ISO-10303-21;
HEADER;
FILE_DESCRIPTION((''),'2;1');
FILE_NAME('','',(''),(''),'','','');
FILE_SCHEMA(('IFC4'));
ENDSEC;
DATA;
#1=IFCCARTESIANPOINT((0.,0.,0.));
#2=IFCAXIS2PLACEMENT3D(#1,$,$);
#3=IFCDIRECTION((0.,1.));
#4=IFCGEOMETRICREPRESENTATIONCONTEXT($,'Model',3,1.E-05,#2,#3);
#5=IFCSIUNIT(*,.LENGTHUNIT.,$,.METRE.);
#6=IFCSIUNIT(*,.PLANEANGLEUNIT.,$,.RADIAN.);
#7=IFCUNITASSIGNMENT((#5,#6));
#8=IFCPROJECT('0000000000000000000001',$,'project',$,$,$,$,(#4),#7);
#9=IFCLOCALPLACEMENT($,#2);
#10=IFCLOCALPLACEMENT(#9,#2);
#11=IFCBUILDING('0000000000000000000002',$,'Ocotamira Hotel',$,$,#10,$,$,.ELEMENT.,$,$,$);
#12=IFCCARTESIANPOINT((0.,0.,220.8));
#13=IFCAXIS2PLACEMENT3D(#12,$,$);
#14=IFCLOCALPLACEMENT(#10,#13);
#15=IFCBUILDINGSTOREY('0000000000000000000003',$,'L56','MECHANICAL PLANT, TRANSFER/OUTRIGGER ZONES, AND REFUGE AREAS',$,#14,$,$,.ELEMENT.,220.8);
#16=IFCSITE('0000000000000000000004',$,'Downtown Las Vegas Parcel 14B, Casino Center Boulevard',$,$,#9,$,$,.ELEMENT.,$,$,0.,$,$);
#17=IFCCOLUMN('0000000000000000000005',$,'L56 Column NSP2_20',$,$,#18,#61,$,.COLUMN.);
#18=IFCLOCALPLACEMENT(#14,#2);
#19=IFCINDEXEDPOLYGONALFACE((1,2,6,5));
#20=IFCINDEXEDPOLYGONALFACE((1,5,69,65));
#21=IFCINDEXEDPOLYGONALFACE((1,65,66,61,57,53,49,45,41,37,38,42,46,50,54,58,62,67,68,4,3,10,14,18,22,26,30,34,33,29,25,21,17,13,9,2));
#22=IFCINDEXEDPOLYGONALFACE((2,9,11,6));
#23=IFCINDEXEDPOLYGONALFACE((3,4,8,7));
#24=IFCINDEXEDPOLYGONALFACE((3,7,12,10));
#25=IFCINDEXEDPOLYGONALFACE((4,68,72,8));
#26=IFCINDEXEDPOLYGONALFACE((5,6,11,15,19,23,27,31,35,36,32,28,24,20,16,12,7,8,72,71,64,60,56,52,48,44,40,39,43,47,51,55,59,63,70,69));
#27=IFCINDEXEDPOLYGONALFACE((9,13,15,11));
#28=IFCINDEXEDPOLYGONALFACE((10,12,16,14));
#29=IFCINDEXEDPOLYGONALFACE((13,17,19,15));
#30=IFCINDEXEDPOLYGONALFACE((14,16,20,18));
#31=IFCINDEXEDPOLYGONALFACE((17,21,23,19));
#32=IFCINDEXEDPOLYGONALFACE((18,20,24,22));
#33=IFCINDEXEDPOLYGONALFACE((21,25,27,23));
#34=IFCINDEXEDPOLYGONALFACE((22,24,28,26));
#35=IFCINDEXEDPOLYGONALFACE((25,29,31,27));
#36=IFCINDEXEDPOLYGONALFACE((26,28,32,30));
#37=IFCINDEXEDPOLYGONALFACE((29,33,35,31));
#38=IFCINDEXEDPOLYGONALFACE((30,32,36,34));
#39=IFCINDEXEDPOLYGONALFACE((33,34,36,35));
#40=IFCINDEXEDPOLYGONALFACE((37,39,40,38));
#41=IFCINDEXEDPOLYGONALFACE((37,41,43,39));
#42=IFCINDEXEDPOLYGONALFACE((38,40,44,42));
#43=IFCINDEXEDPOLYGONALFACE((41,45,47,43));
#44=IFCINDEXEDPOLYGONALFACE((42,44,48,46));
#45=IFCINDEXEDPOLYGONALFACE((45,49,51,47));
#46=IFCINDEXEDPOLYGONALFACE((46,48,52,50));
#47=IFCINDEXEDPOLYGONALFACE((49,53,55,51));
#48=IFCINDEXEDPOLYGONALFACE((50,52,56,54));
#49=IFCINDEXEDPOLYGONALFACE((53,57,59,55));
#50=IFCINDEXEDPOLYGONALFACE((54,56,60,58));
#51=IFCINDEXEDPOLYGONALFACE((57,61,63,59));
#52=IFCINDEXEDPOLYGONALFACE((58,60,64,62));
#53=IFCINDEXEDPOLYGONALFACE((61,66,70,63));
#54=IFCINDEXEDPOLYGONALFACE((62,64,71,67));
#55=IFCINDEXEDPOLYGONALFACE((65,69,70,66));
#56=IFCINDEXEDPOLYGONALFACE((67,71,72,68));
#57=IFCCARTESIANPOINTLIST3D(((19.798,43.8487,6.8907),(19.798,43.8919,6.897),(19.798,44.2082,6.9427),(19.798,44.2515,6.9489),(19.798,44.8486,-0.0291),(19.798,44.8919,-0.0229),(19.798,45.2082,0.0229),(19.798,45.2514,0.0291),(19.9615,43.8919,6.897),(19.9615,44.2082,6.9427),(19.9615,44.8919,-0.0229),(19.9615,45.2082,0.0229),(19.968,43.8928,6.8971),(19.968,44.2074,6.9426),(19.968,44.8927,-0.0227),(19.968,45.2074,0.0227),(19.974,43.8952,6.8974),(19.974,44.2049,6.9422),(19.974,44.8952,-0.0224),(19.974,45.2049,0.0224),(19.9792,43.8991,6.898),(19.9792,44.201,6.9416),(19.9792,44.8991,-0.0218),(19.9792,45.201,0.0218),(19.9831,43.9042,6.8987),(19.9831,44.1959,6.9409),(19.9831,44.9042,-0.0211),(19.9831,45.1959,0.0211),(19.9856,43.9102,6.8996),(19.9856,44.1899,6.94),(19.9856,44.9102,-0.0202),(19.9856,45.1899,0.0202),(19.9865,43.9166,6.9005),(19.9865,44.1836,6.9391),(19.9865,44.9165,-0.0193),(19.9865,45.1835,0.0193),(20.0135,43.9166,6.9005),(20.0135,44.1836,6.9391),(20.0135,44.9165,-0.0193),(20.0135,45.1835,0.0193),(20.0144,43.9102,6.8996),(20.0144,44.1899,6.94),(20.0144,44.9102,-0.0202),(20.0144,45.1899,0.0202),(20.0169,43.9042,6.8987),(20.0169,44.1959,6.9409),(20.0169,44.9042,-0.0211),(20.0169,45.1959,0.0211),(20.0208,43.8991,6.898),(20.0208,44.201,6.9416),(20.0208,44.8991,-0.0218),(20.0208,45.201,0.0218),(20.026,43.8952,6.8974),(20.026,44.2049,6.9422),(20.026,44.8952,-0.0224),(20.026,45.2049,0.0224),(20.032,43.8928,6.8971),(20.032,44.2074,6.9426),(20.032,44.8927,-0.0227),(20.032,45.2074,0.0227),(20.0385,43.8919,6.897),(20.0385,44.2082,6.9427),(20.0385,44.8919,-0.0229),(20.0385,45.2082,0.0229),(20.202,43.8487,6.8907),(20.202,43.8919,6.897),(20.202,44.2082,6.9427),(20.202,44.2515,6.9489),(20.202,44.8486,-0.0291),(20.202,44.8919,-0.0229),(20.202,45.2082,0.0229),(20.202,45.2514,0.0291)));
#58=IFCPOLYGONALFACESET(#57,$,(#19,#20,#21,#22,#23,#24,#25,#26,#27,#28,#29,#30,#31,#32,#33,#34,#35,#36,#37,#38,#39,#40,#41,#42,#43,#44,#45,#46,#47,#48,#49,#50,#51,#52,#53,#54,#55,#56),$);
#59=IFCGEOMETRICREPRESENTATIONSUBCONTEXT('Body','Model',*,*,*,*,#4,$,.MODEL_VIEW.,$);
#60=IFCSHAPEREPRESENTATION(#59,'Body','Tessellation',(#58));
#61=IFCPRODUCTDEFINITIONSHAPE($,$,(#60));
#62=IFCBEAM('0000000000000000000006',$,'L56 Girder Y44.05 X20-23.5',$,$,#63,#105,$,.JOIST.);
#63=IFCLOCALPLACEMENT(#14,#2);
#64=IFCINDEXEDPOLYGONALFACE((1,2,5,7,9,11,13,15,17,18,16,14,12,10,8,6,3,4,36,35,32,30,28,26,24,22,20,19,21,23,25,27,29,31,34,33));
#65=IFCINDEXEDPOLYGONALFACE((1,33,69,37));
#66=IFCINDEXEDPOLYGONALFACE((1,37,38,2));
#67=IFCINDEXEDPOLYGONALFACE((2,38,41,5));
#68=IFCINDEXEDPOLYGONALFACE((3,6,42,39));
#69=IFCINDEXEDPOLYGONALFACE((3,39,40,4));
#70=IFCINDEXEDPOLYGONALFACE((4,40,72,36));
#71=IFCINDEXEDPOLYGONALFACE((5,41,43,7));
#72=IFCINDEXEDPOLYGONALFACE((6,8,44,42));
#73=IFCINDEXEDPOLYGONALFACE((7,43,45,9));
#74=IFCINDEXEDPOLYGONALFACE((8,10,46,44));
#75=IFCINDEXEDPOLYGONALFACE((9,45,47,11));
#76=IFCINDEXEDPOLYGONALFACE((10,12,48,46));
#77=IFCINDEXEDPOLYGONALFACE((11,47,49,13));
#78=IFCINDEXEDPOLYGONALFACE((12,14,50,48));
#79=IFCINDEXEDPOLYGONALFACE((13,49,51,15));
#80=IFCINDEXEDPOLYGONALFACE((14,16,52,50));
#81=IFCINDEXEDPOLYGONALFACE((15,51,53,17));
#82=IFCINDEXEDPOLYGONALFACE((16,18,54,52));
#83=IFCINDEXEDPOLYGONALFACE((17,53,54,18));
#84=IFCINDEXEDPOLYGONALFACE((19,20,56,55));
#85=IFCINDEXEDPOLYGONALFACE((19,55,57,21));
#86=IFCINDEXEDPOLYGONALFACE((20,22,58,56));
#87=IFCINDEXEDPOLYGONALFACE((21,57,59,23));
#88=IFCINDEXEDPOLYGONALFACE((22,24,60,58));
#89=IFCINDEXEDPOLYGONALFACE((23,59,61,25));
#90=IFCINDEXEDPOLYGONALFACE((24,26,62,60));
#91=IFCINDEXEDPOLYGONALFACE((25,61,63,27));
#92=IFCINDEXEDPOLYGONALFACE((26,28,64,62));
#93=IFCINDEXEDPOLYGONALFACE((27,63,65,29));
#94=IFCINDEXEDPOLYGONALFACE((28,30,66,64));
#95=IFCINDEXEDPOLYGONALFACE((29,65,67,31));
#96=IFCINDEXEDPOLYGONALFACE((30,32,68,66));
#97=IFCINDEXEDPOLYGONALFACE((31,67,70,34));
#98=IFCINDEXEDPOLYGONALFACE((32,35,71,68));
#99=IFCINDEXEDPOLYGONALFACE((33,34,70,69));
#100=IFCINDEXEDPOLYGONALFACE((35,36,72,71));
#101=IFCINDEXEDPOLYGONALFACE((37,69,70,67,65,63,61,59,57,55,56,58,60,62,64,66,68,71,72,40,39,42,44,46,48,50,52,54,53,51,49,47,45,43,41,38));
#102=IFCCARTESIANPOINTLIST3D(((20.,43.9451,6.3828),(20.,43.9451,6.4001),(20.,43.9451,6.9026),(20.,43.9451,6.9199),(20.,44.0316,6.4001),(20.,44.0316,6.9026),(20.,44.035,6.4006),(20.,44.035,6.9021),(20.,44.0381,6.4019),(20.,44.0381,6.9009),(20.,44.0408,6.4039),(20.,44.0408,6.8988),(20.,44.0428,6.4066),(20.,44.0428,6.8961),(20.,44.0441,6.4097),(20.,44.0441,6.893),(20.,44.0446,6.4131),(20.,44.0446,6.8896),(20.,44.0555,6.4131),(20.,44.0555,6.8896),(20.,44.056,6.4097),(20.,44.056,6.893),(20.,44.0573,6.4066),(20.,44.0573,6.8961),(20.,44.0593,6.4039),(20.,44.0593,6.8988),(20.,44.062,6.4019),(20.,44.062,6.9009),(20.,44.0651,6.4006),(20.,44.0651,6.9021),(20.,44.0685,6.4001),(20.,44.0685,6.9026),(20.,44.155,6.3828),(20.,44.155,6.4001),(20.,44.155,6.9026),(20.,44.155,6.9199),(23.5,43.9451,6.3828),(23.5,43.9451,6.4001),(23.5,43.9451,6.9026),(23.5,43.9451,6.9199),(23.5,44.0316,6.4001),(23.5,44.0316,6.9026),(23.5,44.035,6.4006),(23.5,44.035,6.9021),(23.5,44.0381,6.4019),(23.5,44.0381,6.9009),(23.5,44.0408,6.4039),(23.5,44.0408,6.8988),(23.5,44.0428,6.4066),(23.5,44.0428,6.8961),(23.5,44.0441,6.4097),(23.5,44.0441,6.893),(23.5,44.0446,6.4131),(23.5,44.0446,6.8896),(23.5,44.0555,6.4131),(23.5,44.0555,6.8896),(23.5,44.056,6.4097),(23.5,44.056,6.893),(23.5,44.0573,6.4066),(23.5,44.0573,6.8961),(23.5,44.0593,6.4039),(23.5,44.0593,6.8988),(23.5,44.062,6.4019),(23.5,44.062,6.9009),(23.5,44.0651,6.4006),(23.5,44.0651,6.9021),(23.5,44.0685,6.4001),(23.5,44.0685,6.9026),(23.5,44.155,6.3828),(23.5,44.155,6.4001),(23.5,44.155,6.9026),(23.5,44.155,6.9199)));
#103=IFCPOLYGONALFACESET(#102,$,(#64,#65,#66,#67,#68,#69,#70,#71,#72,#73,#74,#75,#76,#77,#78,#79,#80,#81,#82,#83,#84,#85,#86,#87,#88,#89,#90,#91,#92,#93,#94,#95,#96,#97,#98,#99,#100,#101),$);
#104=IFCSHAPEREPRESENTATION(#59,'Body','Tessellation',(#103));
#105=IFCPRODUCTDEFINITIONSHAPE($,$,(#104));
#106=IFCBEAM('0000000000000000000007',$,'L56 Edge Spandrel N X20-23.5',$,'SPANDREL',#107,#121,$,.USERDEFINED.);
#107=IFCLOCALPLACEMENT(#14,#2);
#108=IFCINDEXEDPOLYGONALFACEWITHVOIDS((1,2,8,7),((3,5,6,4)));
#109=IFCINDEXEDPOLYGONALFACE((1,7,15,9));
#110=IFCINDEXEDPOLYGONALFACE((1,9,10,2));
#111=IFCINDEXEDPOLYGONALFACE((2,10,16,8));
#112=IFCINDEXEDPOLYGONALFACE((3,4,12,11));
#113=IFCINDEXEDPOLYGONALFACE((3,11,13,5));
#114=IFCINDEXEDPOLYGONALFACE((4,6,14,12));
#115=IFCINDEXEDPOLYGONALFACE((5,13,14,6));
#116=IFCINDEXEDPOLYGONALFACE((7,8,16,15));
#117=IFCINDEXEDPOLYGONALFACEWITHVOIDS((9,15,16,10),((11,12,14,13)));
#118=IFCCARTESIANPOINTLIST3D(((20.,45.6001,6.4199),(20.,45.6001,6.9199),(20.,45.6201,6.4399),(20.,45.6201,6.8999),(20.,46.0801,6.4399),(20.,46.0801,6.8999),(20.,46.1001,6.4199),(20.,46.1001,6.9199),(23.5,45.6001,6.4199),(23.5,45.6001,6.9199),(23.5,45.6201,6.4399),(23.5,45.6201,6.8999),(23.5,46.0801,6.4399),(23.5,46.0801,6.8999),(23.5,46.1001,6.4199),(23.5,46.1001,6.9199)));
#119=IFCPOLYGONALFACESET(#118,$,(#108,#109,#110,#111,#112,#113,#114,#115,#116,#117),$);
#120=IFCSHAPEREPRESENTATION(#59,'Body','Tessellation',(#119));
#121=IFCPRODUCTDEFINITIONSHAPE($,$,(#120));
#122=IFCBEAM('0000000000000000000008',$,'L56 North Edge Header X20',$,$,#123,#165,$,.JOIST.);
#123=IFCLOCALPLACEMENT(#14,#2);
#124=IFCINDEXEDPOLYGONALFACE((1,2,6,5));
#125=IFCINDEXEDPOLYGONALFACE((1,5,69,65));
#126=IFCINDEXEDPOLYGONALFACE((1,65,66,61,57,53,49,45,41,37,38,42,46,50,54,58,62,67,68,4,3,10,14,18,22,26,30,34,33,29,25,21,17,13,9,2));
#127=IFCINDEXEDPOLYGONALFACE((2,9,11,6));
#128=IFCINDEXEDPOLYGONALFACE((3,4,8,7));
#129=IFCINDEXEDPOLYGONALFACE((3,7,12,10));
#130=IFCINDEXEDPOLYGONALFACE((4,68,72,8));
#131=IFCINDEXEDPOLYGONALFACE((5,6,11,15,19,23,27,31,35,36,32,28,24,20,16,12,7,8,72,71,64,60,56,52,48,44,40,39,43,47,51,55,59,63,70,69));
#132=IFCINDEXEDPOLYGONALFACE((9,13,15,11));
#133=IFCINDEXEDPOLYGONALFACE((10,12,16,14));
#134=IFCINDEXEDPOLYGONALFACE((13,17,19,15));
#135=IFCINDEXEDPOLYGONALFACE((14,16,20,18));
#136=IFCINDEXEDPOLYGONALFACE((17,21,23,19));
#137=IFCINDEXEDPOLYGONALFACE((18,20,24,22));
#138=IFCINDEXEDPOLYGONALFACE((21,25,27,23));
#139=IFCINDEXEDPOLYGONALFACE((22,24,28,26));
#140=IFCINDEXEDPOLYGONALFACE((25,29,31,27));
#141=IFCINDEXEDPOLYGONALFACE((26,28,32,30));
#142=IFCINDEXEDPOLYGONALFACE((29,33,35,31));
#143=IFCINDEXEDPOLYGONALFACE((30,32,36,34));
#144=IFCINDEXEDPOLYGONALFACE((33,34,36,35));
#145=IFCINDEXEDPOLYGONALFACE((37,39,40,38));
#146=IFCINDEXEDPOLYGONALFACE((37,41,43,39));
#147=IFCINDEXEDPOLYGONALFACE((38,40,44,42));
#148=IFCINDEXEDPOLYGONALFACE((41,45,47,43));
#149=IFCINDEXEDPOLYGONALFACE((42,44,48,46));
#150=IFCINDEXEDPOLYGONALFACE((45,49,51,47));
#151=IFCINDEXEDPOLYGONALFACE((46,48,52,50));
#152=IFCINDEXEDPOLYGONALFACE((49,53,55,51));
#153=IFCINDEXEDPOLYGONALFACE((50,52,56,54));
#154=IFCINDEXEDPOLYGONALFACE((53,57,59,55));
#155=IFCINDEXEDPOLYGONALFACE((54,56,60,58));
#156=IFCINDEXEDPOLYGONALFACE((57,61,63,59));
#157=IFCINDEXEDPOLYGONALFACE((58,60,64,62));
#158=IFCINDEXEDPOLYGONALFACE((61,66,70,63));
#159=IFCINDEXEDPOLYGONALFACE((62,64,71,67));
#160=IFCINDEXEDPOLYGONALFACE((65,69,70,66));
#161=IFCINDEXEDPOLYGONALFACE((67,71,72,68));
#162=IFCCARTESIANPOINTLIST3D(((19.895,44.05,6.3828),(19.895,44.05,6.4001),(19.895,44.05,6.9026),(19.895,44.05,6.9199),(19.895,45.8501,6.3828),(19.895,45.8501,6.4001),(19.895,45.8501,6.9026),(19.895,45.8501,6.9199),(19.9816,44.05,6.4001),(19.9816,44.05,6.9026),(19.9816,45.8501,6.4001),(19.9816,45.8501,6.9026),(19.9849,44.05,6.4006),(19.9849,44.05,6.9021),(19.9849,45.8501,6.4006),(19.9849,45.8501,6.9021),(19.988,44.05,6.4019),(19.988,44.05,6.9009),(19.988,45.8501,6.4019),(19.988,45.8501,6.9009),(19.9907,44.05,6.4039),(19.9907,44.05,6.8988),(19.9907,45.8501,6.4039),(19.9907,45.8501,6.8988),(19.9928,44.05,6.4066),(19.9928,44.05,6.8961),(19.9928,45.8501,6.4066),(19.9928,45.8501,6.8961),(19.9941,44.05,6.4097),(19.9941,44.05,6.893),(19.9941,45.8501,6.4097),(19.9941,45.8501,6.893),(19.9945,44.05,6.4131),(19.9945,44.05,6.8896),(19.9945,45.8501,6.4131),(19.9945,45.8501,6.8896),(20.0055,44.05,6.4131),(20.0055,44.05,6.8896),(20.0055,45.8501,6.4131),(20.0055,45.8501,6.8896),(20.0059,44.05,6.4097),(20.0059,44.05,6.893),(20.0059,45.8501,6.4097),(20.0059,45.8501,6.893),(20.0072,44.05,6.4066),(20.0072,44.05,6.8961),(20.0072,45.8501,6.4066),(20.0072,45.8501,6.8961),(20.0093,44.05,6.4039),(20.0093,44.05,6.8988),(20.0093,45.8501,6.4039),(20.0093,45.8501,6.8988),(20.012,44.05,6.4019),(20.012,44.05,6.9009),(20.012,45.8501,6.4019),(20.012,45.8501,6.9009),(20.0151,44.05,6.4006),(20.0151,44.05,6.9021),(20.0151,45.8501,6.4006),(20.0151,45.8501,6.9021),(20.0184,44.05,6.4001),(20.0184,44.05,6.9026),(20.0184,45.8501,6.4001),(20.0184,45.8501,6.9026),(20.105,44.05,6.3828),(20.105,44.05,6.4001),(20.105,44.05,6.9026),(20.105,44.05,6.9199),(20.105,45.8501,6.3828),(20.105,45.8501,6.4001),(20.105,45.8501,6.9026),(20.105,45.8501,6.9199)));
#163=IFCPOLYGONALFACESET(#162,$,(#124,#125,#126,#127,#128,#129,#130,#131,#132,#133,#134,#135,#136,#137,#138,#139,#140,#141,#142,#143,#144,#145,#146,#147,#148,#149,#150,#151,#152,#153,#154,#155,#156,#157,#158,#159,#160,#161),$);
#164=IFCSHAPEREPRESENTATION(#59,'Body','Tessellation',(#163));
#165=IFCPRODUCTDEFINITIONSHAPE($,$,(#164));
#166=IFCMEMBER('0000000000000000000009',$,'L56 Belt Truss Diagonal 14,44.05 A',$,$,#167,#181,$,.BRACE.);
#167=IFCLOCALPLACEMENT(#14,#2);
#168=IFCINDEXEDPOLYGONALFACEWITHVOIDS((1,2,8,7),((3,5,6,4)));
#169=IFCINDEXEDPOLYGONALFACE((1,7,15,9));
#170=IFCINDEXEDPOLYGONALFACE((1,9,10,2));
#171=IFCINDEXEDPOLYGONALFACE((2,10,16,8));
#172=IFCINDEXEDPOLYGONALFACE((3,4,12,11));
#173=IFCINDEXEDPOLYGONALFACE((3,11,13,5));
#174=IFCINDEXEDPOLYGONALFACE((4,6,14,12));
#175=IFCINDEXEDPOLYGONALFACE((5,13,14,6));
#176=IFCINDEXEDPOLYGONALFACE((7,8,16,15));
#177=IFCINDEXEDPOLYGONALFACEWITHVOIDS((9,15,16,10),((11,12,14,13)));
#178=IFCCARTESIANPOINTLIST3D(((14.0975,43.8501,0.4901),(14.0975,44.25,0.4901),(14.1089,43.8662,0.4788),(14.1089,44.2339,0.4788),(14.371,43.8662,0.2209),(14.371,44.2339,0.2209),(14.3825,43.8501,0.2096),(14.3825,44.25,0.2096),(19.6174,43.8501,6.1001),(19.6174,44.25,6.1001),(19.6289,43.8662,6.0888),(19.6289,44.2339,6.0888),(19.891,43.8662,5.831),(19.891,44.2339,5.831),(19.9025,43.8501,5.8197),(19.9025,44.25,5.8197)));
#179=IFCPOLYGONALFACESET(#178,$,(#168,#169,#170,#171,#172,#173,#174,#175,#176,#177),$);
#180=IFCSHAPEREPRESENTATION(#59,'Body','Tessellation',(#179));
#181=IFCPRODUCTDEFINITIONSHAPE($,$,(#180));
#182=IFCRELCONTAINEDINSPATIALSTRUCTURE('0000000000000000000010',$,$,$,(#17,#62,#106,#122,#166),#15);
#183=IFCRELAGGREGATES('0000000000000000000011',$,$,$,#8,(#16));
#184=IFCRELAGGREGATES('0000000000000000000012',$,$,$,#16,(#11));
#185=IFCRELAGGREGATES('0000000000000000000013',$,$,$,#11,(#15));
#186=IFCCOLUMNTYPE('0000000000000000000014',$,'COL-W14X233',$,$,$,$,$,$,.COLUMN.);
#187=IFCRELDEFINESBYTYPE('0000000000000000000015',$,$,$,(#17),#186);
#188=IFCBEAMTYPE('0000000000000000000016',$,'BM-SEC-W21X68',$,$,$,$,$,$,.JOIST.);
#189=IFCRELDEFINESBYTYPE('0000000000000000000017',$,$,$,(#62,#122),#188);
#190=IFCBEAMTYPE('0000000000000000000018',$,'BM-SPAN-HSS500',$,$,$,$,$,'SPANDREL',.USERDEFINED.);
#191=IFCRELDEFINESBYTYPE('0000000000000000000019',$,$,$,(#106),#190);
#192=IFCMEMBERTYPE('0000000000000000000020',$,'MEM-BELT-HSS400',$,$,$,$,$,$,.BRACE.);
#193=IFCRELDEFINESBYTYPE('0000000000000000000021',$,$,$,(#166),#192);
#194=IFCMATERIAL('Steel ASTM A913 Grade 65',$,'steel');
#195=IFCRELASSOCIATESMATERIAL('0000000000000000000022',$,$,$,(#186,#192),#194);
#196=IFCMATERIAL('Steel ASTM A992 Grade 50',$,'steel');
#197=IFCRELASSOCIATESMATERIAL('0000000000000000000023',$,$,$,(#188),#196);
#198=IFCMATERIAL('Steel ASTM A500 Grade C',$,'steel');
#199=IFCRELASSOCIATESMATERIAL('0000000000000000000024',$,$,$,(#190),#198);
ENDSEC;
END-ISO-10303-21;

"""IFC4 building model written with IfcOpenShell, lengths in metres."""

from ifc_helpers import new_model, si_unit, direction, frame, origin, origin_2d, place, context, subcontext, project, spatial, hollow_rectangle, i_section, extrude, source, transform, mapped, material, material_profile, profile_set, type_object, element, save


model = new_model("IFC4")

# Units and contexts
model_context = context("Model", 3, precision=1e-05, world=origin(), true_north=direction((0.0, 1.0)))
body_context = subcontext(model_context, "Body", "Model", "MODEL_VIEW")
ifc_project = project(units=[si_unit("LENGTHUNIT", "METRE"), si_unit("PLANEANGLEUNIT", "RADIAN")], contexts=[model_context])

# Site, building, storey
site_placement = place(None, origin())
site = spatial("IfcSite", under=ifc_project, at=site_placement, Name="Downtown Las Vegas Parcel 14B, Casino Center Boulevard", CompositionType="ELEMENT", RefElevation=0.0)
building_placement = place(site_placement, origin())
building = spatial("IfcBuilding", under=site, at=building_placement, Name="Ocotamira Hotel", CompositionType="ELEMENT")
storey_placement = place(building_placement, frame((0.0, 0.0, 220.8)))
storey = spatial("IfcBuildingStorey", under=building, at=storey_placement, Name="L56", Description="MECHANICAL PLANT, TRANSFER/OUTRIGGER ZONES, AND REFUGE AREAS", CompositionType="ELEMENT", Elevation=220.8)

# Column
ifc_material_1 = material(Name="Steel ASTM A913 Grade 65", Category="steel")
ifc_material_profile_1 = material_profile(ifc_material_1, i_section(OverallWidth=0.4041, OverallDepth=0.407, WebThickness=0.0271, FlangeThickness=0.0437, FilletRadius=0.0249, at=origin_2d()), Name="W14X233")
ifc_profile_set_1 = profile_set([ifc_material_profile_1], Name="Steel ASTM A913 Grade 65")
column_type = type_object("IfcColumnType", Name="COL-W14X233", PredefinedType="COLUMN", material=ifc_profile_set_1)
shared_shape_1 = source(origin(), body_context, "Body", "SweptSolid", [
    extrude(i_section(OverallWidth=0.4041, OverallDepth=0.407, WebThickness=0.0271, FlangeThickness=0.0437, FilletRadius=0.0249, at=origin_2d()), origin(), (0.0, 0.0, 1.0), 6.9917),
])
column_placement = place(storey_placement, frame((20.0, 45.05, 0.0), z_axis=(0.0, -0.143025, 0.989719), x_axis=(1.0, 0.0, 0.0)))
element("IfcColumn", 1, at=column_placement, inside=storey, type_object=column_type, Name="L56 Column NSP2_20", PredefinedType="COLUMN", context=body_context, shape_type="MappedRepresentation", body=[
    mapped(shared_shape_1, transform((0.0, 0.0, 0.0), scale=1.0)),
])

# Beams
ifc_material_2 = material(Name="Steel ASTM A992 Grade 50", Category="steel")
ifc_material_profile_2 = material_profile(ifc_material_2, i_section(OverallWidth=0.21, OverallDepth=0.5371, WebThickness=0.011, FlangeThickness=0.0173, FilletRadius=0.0129, at=origin_2d()), Name="W21X68")
ifc_profile_set_2 = profile_set([ifc_material_profile_2], Name="Steel ASTM A992 Grade 50")
beam_type_1 = type_object("IfcBeamType", Name="BM-SEC-W21X68", PredefinedType="JOIST", material=ifc_profile_set_2)
shared_shape_2 = source(origin(), body_context, "Body", "SweptSolid", [
    extrude(i_section(OverallWidth=0.21, OverallDepth=0.5371, WebThickness=0.011, FlangeThickness=0.0173, FilletRadius=0.0129, at=origin_2d()), origin(), (0.0, 0.0, 1.0), 3.5),
])
beam_1_placement = place(storey_placement, frame((20.0, 44.05, 6.6514), z_axis=(1.0, 0.0, 0.0), x_axis=(0.0, 1.0, 0.0)))
element("IfcBeam", 2, at=beam_1_placement, inside=storey, type_object=beam_type_1, Name="L56 Girder Y44.05 X20-23.5", PredefinedType="JOIST", context=body_context, shape_type="MappedRepresentation", body=[
    mapped(shared_shape_2, transform((0.0, 0.0, 0.0), scale=1.0)),
])
ifc_material_3 = material(Name="Steel ASTM A500 Grade C", Category="steel")
ifc_material_profile_3 = material_profile(ifc_material_3, hollow_rectangle(XDim=0.5, YDim=0.5, WallThickness=0.02, at=origin_2d()), Name="HSS500X500X20")
ifc_profile_set_3 = profile_set([ifc_material_profile_3], Name="Steel ASTM A500 Grade C")
beam_type_2 = type_object("IfcBeamType", Name="BM-SPAN-HSS500", ElementType="SPANDREL", PredefinedType="USERDEFINED", material=ifc_profile_set_3)
shared_shape_3 = source(origin(), body_context, "Body", "SweptSolid", [
    extrude(hollow_rectangle(XDim=0.5, YDim=0.5, WallThickness=0.02, at=origin_2d()), origin(), (0.0, 0.0, 1.0), 3.5),
])
beam_2_placement = place(storey_placement, frame((20.0, 45.8501, 6.6699), z_axis=(1.0, 0.0, 0.0), x_axis=(0.0, 1.0, 0.0)))
element("IfcBeam", 3, at=beam_2_placement, inside=storey, type_object=beam_type_2, Name="L56 Edge Spandrel N X20-23.5", ObjectType="SPANDREL", PredefinedType="USERDEFINED", context=body_context, shape_type="MappedRepresentation", body=[
    mapped(shared_shape_3, transform((0.0, 0.0, 0.0), scale=1.0)),
])
shared_shape_4 = source(origin(), body_context, "Body", "SweptSolid", [
    extrude(i_section(OverallWidth=0.21, OverallDepth=0.5371, WebThickness=0.011, FlangeThickness=0.0173, FilletRadius=0.0129, at=origin_2d()), origin(), (0.0, 0.0, 1.0), 1.8),
])
beam_3_placement = place(storey_placement, frame((20.0, 44.05, 6.6514), z_axis=(0.0, 1.0, 0.0), x_axis=(-1.0, 0.0, 0.0)))
element("IfcBeam", 4, at=beam_3_placement, inside=storey, type_object=beam_type_1, Name="L56 North Edge Header X20", PredefinedType="JOIST", context=body_context, shape_type="MappedRepresentation", body=[
    mapped(shared_shape_4, transform((0.0, 0.0, 0.0), scale=1.0)),
])

# Member
ifc_material_profile_4 = material_profile(ifc_material_1, hollow_rectangle(XDim=0.3999, YDim=0.3999, WallThickness=0.0161, at=origin_2d()), Name="HSS400X400X16")
ifc_profile_set_4 = profile_set([ifc_material_profile_4], Name="Steel ASTM A913 Grade 65")
member_type_1 = type_object("IfcMemberType", Name="MEM-BELT-HSS400", PredefinedType="BRACE", material=ifc_profile_set_4)
shared_shape_5 = source(origin(), body_context, "Body", "SweptSolid", [
    extrude(hollow_rectangle(XDim=0.3999, YDim=0.3999, WallThickness=0.0161, at=origin_2d()), origin(), (0.0, 0.0, 1.0), 7.8704),
])
member_1_placement = place(storey_placement, frame((14.24, 44.05, 0.3499), z_axis=(0.70136, 0.0, 0.712807), x_axis=(0.0, 1.0, 0.0)))
element("IfcMember", 5, at=member_1_placement, inside=storey, type_object=member_type_1, Name="L56 Belt Truss Diagonal 14,44.05 A", PredefinedType="BRACE", context=body_context, shape_type="MappedRepresentation", body=[
    mapped(shared_shape_5, transform((0.0, 0.0, 0.0), scale=1.0)),
])

save(model, "model.ifc")
